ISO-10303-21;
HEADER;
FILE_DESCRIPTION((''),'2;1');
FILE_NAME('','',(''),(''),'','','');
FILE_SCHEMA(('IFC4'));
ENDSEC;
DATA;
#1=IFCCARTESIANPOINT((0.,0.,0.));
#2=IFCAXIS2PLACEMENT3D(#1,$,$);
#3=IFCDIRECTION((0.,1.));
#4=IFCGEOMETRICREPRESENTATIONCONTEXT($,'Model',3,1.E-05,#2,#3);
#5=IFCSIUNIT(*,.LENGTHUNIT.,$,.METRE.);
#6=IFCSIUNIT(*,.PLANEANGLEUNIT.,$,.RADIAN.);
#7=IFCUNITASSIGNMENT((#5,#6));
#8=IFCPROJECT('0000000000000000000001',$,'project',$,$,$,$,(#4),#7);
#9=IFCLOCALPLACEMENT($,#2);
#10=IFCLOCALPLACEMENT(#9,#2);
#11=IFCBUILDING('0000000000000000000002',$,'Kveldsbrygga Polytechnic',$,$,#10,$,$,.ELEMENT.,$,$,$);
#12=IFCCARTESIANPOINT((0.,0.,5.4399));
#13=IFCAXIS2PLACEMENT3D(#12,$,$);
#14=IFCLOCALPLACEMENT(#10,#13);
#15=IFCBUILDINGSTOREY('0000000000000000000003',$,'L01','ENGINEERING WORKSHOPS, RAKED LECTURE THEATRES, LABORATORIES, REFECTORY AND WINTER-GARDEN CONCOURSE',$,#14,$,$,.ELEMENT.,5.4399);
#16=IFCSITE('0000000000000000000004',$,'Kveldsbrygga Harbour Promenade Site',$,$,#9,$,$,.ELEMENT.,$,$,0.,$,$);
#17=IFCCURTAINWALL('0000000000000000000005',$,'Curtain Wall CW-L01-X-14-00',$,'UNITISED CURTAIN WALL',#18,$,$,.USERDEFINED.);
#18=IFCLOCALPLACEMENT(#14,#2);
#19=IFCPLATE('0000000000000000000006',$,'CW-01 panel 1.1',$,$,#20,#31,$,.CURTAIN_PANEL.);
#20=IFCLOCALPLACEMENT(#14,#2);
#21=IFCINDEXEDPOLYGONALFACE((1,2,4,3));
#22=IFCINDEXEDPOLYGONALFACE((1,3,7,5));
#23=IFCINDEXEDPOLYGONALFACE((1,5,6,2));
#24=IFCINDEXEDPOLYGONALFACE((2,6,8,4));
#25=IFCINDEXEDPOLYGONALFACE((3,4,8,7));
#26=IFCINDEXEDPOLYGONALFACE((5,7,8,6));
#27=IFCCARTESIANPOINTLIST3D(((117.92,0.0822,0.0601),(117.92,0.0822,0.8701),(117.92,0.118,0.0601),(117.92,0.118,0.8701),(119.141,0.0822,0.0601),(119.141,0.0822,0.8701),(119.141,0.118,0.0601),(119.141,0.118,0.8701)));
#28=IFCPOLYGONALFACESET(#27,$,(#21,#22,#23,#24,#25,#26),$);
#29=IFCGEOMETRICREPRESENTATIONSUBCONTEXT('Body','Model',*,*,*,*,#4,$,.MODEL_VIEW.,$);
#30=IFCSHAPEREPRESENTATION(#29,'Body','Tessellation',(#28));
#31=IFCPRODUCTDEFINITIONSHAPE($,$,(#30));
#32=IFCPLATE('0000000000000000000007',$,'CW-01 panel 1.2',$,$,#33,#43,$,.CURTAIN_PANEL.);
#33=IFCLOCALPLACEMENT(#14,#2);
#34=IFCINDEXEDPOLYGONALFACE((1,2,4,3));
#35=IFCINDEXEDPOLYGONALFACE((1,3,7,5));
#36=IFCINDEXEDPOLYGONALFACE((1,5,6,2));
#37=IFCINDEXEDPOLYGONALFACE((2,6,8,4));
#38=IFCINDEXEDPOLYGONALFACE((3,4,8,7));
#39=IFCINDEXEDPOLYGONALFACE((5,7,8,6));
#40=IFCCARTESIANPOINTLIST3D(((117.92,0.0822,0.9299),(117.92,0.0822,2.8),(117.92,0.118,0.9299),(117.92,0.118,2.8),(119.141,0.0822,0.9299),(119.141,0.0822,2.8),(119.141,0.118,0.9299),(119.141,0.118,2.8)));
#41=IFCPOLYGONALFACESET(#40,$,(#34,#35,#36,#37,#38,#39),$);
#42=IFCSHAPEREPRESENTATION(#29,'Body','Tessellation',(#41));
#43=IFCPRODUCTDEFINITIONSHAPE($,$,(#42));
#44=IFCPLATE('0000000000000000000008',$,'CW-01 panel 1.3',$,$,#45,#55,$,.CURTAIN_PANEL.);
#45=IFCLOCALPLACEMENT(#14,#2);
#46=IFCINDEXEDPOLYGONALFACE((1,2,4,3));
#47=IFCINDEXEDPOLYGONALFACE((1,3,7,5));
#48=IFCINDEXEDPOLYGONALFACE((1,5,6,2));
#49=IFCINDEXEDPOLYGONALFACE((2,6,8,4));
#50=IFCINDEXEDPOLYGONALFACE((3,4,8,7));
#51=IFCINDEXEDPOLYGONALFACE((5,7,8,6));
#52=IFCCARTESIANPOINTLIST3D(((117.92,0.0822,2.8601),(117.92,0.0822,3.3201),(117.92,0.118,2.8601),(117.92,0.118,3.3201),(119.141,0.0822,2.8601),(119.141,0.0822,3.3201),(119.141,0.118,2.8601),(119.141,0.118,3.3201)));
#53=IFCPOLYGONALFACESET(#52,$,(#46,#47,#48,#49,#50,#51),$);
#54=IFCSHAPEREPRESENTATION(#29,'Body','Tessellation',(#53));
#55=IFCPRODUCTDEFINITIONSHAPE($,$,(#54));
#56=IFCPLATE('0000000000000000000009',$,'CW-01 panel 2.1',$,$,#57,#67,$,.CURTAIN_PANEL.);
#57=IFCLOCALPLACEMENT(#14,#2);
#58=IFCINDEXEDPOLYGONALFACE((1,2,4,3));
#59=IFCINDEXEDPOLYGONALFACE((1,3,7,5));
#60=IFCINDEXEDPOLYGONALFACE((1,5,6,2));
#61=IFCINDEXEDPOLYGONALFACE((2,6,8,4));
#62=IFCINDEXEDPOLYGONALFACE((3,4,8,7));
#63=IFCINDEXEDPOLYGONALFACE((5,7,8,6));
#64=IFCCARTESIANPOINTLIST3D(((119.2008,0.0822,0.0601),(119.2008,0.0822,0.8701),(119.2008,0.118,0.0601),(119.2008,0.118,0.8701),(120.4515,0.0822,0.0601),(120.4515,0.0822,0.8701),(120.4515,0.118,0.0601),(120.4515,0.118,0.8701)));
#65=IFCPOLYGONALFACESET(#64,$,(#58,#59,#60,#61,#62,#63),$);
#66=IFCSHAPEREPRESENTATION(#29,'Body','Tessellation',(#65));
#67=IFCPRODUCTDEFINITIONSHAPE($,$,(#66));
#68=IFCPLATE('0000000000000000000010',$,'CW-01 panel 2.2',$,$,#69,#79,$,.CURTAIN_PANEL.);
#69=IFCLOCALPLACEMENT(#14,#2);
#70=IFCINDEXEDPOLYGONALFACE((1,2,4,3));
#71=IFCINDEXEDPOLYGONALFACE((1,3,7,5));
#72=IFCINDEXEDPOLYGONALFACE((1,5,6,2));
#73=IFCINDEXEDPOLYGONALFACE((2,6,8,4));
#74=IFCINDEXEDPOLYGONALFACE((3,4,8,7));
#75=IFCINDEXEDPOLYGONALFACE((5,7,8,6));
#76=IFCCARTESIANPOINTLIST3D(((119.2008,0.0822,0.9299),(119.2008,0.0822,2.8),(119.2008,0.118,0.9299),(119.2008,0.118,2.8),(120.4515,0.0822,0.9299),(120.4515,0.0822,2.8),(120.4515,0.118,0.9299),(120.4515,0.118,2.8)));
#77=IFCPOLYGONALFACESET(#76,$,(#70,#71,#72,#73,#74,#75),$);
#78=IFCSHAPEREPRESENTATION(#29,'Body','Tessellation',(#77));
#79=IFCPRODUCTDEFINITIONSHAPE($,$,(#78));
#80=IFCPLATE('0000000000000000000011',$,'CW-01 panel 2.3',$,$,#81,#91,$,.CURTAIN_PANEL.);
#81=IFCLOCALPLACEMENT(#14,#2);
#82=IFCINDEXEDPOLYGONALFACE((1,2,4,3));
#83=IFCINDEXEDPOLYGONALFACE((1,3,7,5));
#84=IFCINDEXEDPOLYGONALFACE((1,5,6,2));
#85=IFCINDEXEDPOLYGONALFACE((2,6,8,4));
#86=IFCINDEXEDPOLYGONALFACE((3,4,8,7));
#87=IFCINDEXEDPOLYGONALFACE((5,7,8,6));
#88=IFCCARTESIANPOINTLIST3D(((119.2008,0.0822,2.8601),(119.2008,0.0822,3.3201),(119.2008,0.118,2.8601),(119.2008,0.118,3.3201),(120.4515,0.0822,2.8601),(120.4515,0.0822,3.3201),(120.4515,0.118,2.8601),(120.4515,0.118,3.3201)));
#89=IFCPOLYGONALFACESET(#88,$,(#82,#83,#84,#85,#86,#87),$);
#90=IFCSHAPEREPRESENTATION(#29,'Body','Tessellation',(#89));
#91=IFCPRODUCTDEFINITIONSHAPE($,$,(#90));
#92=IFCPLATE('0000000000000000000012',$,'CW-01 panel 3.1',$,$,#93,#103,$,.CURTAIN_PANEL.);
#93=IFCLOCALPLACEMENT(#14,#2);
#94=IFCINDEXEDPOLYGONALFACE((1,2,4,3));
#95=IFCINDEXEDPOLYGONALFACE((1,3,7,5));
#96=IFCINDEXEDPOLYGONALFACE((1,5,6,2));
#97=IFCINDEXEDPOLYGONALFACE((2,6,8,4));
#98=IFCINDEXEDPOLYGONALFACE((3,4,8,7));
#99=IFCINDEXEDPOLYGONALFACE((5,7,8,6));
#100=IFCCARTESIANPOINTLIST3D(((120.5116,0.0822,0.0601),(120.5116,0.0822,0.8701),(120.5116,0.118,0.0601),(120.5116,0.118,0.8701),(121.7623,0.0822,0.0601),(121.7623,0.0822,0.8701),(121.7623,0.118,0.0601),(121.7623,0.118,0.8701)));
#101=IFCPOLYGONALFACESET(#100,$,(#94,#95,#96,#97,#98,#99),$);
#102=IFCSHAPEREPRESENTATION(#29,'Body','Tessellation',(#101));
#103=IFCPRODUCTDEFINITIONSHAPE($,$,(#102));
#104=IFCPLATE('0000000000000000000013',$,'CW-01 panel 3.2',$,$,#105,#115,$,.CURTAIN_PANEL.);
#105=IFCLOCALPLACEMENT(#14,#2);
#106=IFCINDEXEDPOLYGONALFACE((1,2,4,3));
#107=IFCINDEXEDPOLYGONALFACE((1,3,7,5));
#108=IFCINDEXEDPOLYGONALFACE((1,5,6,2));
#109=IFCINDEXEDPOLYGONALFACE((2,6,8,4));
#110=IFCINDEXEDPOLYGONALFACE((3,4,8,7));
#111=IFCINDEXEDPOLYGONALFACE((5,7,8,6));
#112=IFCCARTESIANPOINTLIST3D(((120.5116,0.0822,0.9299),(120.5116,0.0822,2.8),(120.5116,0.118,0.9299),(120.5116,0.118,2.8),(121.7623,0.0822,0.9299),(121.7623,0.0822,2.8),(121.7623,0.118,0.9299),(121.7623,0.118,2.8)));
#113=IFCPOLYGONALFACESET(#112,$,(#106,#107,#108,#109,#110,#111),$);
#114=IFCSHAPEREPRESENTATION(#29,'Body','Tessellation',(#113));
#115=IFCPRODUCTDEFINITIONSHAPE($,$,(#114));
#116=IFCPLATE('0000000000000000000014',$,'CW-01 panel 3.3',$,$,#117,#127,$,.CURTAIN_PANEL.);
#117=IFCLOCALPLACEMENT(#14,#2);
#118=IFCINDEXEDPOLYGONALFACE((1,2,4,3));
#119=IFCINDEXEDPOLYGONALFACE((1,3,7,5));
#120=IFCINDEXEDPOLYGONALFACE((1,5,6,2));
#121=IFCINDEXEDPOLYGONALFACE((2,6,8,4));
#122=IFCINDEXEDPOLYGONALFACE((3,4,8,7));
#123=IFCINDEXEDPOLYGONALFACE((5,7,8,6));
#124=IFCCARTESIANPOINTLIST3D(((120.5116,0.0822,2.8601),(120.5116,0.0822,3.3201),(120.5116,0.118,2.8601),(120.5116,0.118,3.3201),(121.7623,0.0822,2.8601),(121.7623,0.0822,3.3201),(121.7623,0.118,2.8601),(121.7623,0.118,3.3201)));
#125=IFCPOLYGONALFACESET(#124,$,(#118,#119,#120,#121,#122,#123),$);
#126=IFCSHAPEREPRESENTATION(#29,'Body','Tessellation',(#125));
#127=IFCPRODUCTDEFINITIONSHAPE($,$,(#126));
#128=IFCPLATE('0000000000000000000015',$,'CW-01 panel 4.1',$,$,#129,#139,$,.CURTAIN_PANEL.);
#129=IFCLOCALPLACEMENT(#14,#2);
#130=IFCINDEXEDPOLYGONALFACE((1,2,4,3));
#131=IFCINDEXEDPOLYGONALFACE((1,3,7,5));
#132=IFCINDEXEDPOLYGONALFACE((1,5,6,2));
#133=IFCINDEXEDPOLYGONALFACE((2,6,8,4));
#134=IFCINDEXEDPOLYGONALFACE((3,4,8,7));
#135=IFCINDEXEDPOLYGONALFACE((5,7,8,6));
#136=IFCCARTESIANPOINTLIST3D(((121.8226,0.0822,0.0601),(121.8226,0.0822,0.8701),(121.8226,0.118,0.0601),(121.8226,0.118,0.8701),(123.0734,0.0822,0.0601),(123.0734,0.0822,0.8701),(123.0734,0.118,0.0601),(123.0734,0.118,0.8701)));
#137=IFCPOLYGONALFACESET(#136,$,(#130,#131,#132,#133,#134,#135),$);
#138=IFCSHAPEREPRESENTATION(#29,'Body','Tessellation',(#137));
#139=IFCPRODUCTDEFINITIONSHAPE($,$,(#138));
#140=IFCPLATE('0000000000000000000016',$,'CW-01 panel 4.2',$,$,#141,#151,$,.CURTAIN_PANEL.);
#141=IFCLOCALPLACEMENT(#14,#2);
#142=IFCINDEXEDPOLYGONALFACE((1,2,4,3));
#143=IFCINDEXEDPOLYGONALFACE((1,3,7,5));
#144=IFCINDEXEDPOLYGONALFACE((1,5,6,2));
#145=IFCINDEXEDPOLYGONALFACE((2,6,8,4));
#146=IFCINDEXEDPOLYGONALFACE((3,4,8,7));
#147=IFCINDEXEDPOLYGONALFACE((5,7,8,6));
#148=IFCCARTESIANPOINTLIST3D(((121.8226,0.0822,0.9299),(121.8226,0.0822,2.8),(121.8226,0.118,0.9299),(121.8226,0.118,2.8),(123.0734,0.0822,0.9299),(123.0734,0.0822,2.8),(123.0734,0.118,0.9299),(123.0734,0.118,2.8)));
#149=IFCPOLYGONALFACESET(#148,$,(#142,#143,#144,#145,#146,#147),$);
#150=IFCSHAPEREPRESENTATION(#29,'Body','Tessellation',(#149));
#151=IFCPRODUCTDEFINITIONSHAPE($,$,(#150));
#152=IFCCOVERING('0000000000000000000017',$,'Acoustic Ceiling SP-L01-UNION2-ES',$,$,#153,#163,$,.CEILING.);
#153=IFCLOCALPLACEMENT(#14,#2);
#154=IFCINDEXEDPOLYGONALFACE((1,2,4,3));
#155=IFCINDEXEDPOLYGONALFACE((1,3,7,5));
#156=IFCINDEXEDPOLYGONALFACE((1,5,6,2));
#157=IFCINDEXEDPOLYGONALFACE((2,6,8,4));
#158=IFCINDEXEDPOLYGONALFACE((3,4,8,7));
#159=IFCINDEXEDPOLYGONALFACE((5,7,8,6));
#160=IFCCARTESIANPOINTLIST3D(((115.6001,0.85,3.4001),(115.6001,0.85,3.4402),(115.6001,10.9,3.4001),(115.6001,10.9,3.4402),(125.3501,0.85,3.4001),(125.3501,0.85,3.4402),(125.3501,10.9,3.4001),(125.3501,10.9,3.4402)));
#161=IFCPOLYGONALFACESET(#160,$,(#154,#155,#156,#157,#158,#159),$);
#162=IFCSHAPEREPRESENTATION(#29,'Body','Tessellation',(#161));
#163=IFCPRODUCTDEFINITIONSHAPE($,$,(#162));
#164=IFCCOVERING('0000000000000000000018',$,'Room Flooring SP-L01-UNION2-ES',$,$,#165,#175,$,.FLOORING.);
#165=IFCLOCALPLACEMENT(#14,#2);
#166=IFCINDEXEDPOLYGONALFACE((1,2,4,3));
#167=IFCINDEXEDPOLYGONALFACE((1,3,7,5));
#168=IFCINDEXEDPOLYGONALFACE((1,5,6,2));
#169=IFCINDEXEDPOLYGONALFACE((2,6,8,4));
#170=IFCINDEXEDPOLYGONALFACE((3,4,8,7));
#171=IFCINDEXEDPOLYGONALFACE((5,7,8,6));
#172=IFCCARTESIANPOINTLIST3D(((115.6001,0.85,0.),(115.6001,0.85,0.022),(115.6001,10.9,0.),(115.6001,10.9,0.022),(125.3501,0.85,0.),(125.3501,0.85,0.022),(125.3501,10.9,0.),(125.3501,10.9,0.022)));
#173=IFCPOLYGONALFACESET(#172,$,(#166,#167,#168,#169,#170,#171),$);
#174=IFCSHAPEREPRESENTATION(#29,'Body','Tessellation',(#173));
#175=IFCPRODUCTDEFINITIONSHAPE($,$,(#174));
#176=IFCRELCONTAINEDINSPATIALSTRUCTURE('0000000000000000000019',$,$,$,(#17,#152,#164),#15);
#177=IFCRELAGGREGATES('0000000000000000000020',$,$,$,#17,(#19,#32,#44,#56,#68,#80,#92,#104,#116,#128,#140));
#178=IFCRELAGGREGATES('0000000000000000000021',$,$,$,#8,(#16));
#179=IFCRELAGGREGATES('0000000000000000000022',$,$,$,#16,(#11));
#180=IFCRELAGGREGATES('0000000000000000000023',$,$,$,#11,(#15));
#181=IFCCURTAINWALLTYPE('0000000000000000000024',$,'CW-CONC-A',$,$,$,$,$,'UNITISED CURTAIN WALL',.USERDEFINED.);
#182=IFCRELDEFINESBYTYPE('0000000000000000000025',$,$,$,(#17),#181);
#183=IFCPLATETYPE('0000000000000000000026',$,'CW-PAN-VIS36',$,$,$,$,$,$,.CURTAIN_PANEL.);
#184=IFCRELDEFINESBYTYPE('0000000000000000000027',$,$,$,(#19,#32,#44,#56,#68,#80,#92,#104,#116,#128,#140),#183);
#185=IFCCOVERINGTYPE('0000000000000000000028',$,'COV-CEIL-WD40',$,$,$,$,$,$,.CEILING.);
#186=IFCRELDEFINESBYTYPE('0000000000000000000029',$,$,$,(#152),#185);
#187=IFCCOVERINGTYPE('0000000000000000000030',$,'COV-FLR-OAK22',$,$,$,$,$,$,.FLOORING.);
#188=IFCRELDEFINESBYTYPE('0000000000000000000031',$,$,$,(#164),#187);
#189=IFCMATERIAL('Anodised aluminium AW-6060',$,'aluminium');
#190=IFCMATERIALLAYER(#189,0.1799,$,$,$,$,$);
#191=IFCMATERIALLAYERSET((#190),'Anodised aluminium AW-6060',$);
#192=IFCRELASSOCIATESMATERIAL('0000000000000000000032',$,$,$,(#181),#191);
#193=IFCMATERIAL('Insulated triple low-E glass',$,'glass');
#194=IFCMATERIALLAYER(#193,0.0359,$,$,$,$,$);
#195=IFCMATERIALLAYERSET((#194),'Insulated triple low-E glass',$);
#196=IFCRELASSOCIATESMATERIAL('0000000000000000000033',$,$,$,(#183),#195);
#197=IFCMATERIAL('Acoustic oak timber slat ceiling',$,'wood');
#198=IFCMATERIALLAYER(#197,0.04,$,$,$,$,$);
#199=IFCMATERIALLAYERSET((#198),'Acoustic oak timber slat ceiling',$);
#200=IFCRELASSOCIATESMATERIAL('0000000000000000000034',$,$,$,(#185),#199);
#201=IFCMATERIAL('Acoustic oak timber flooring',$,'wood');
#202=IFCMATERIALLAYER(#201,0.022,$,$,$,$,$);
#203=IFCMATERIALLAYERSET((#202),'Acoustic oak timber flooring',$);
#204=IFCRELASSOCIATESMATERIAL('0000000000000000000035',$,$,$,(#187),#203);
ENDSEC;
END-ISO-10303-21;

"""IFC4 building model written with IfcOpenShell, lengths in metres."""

from ifc_helpers import new_model, si_unit, direction, frame, origin, origin_2d, place, context, subcontext, project, spatial, rectangle, extrude, material, layer, layer_set, type_object, element, aggregate, save


model = new_model("IFC4")

# Units and contexts
model_context = context("Model", 3, precision=1e-05, world=origin(), true_north=direction((0.0, 1.0)))
body_context = subcontext(model_context, "Body", "Model", "MODEL_VIEW")
ifc_project = project(units=[si_unit("LENGTHUNIT", "METRE"), si_unit("PLANEANGLEUNIT", "RADIAN")], contexts=[model_context])

# Site, building, storey
site_placement = place(None, origin())
site = spatial("IfcSite", under=ifc_project, at=site_placement, Name="Kveldsbrygga Harbour Promenade Site", CompositionType="ELEMENT", RefElevation=0.0)
building_placement = place(site_placement, origin())
building = spatial("IfcBuilding", under=site, at=building_placement, Name="Kveldsbrygga Polytechnic", CompositionType="ELEMENT")
storey_placement = place(building_placement, frame((0.0, 0.0, 5.4399)))
storey = spatial("IfcBuildingStorey", under=building, at=storey_placement, Name="L01", Description="ENGINEERING WORKSHOPS, RAKED LECTURE THEATRES, LABORATORIES, REFECTORY AND WINTER-GARDEN CONCOURSE", CompositionType="ELEMENT", Elevation=5.4399)

# Curtain wall
ifc_material_1 = material(Name="Anodised aluminium AW-6060", Category="aluminium")
ifc_layer_1 = layer(ifc_material_1, 0.1799)
ifc_layer_set_1 = layer_set([ifc_layer_1], Name="Anodised aluminium AW-6060")
curtain_wall_type = type_object("IfcCurtainWallType", Name="CW-CONC-A", ElementType="UNITISED CURTAIN WALL", PredefinedType="USERDEFINED", material=ifc_layer_set_1)
curtain_wall_placement = place(storey_placement, origin())
curtain_wall = element("IfcCurtainWall", 1, at=curtain_wall_placement, inside=storey, type_object=curtain_wall_type, Name="Curtain Wall CW-L01-X-14-00", ObjectType="UNITISED CURTAIN WALL", PredefinedType="USERDEFINED")

# Plates
ifc_material_2 = material(Name="Insulated triple low-E glass", Category="glass")
ifc_layer_2 = layer(ifc_material_2, 0.0359)
ifc_layer_set_2 = layer_set([ifc_layer_2], Name="Insulated triple low-E glass")
plate_type = type_object("IfcPlateType", Name="CW-PAN-VIS36", PredefinedType="CURTAIN_PANEL", material=ifc_layer_set_2)
plate_1_placement = place(storey_placement, frame((118.5305, 0.1001, 0.0601), z_axis=(0.0, 0.0, 1.0), x_axis=(1.0, 0.0, 0.0)))
plate_1 = element("IfcPlate", 2, at=plate_1_placement, type_object=plate_type, Name="CW-01 panel 1.1", PredefinedType="CURTAIN_PANEL", context=body_context, shape_type="SweptSolid", body=[
    extrude(rectangle(XDim=1.2209, YDim=0.0359, at=origin_2d()), origin(), (0.0, 0.0, 1.0), 0.8101),
])
plate_2_placement = place(storey_placement, frame((118.5305, 0.1001, 0.9299), z_axis=(0.0, 0.0, 1.0), x_axis=(1.0, 0.0, 0.0)))
plate_2 = element("IfcPlate", 3, at=plate_2_placement, type_object=plate_type, Name="CW-01 panel 1.2", PredefinedType="CURTAIN_PANEL", context=body_context, shape_type="SweptSolid", body=[
    extrude(rectangle(XDim=1.2209, YDim=0.0359, at=origin_2d()), origin(), (0.0, 0.0, 1.0), 1.8701),
])
plate_3_placement = place(storey_placement, frame((118.5305, 0.1001, 2.8601), z_axis=(0.0, 0.0, 1.0), x_axis=(1.0, 0.0, 0.0)))
plate_3 = element("IfcPlate", 4, at=plate_3_placement, type_object=plate_type, Name="CW-01 panel 1.3", PredefinedType="CURTAIN_PANEL", context=body_context, shape_type="SweptSolid", body=[
    extrude(rectangle(XDim=1.2209, YDim=0.0359, at=origin_2d()), origin(), (0.0, 0.0, 1.0), 0.46),
])
plate_4_placement = place(storey_placement, frame((119.8262, 0.1001, 0.0601), z_axis=(0.0, 0.0, 1.0), x_axis=(1.0, 0.0, 0.0)))
plate_4 = element("IfcPlate", 5, at=plate_4_placement, type_object=plate_type, Name="CW-01 panel 2.1", PredefinedType="CURTAIN_PANEL", context=body_context, shape_type="SweptSolid", body=[
    extrude(rectangle(XDim=1.2507, YDim=0.0359, at=origin_2d()), origin(), (0.0, 0.0, 1.0), 0.8101),
])
plate_5_placement = place(storey_placement, frame((119.8262, 0.1001, 0.9299), z_axis=(0.0, 0.0, 1.0), x_axis=(1.0, 0.0, 0.0)))
plate_5 = element("IfcPlate", 6, at=plate_5_placement, type_object=plate_type, Name="CW-01 panel 2.2", PredefinedType="CURTAIN_PANEL", context=body_context, shape_type="SweptSolid", body=[
    extrude(rectangle(XDim=1.2507, YDim=0.0359, at=origin_2d()), origin(), (0.0, 0.0, 1.0), 1.8701),
])
plate_6_placement = place(storey_placement, frame((119.8262, 0.1001, 2.8601), z_axis=(0.0, 0.0, 1.0), x_axis=(1.0, 0.0, 0.0)))
plate_6 = element("IfcPlate", 7, at=plate_6_placement, type_object=plate_type, Name="CW-01 panel 2.3", PredefinedType="CURTAIN_PANEL", context=body_context, shape_type="SweptSolid", body=[
    extrude(rectangle(XDim=1.2507, YDim=0.0359, at=origin_2d()), origin(), (0.0, 0.0, 1.0), 0.46),
])
plate_7_placement = place(storey_placement, frame((121.137, 0.1001, 0.0601), z_axis=(0.0, 0.0, 1.0), x_axis=(1.0, 0.0, 0.0)))
plate_7 = element("IfcPlate", 8, at=plate_7_placement, type_object=plate_type, Name="CW-01 panel 3.1", PredefinedType="CURTAIN_PANEL", context=body_context, shape_type="SweptSolid", body=[
    extrude(rectangle(XDim=1.2507, YDim=0.0359, at=origin_2d()), origin(), (0.0, 0.0, 1.0), 0.8101),
])
plate_8_placement = place(storey_placement, frame((121.137, 0.1001, 0.9299), z_axis=(0.0, 0.0, 1.0), x_axis=(1.0, 0.0, 0.0)))
plate_8 = element("IfcPlate", 9, at=plate_8_placement, type_object=plate_type, Name="CW-01 panel 3.2", PredefinedType="CURTAIN_PANEL", context=body_context, shape_type="SweptSolid", body=[
    extrude(rectangle(XDim=1.2507, YDim=0.0359, at=origin_2d()), origin(), (0.0, 0.0, 1.0), 1.8701),
])
plate_9_placement = place(storey_placement, frame((121.137, 0.1001, 2.8601), z_axis=(0.0, 0.0, 1.0), x_axis=(1.0, 0.0, 0.0)))
plate_9 = element("IfcPlate", 10, at=plate_9_placement, type_object=plate_type, Name="CW-01 panel 3.3", PredefinedType="CURTAIN_PANEL", context=body_context, shape_type="SweptSolid", body=[
    extrude(rectangle(XDim=1.2507, YDim=0.0359, at=origin_2d()), origin(), (0.0, 0.0, 1.0), 0.46),
])
plate_10_placement = place(storey_placement, frame((122.448, 0.1001, 0.0601), z_axis=(0.0, 0.0, 1.0), x_axis=(1.0, 0.0, 0.0)))
plate_10 = element("IfcPlate", 11, at=plate_10_placement, type_object=plate_type, Name="CW-01 panel 4.1", PredefinedType="CURTAIN_PANEL", context=body_context, shape_type="SweptSolid", body=[
    extrude(rectangle(XDim=1.2507, YDim=0.0359, at=origin_2d()), origin(), (0.0, 0.0, 1.0), 0.8101),
])
plate_11_placement = place(storey_placement, frame((122.448, 0.1001, 0.9299), z_axis=(0.0, 0.0, 1.0), x_axis=(1.0, 0.0, 0.0)))
plate_11 = element("IfcPlate", 12, at=plate_11_placement, type_object=plate_type, Name="CW-01 panel 4.2", PredefinedType="CURTAIN_PANEL", context=body_context, shape_type="SweptSolid", body=[
    extrude(rectangle(XDim=1.2507, YDim=0.0359, at=origin_2d()), origin(), (0.0, 0.0, 1.0), 1.8701),
])
aggregate(curtain_wall, [plate_1, plate_2, plate_3, plate_4, plate_5, plate_6, plate_7, plate_8, plate_9, plate_10, plate_11])

# Coverings
ifc_material_3 = material(Name="Acoustic oak timber slat ceiling", Category="wood")
ifc_layer_3 = layer(ifc_material_3, 0.04)
ifc_layer_set_3 = layer_set([ifc_layer_3], Name="Acoustic oak timber slat ceiling")
covering_type_1 = type_object("IfcCoveringType", Name="COV-CEIL-WD40", PredefinedType="CEILING", material=ifc_layer_set_3)
covering_1_placement = place(storey_placement, frame((120.4751, 5.875, 3.4001), z_axis=(0.0, 0.0, 1.0), x_axis=(1.0, 0.0, 0.0)))
element("IfcCovering", 13, at=covering_1_placement, inside=storey, type_object=covering_type_1, Name="Acoustic Ceiling SP-L01-UNION2-ES", PredefinedType="CEILING", context=body_context, shape_type="SweptSolid", body=[
    extrude(rectangle(XDim=9.75, YDim=10.05, at=origin_2d()), origin(), (0.0, 0.0, 1.0), 0.04),
])
ifc_material_4 = material(Name="Acoustic oak timber flooring", Category="wood")
ifc_layer_4 = layer(ifc_material_4, 0.022)
ifc_layer_set_4 = layer_set([ifc_layer_4], Name="Acoustic oak timber flooring")
covering_type_2 = type_object("IfcCoveringType", Name="COV-FLR-OAK22", PredefinedType="FLOORING", material=ifc_layer_set_4)
covering_2_placement = place(storey_placement, frame((120.4751, 5.875, 0.0), z_axis=(0.0, 0.0, 1.0), x_axis=(1.0, 0.0, 0.0)))
element("IfcCovering", 14, at=covering_2_placement, inside=storey, type_object=covering_type_2, Name="Room Flooring SP-L01-UNION2-ES", PredefinedType="FLOORING", context=body_context, shape_type="SweptSolid", body=[
    extrude(rectangle(XDim=9.75, YDim=10.05, at=origin_2d()), origin(), (0.0, 0.0, 1.0), 0.022),
])

save(model, "model.ifc")
